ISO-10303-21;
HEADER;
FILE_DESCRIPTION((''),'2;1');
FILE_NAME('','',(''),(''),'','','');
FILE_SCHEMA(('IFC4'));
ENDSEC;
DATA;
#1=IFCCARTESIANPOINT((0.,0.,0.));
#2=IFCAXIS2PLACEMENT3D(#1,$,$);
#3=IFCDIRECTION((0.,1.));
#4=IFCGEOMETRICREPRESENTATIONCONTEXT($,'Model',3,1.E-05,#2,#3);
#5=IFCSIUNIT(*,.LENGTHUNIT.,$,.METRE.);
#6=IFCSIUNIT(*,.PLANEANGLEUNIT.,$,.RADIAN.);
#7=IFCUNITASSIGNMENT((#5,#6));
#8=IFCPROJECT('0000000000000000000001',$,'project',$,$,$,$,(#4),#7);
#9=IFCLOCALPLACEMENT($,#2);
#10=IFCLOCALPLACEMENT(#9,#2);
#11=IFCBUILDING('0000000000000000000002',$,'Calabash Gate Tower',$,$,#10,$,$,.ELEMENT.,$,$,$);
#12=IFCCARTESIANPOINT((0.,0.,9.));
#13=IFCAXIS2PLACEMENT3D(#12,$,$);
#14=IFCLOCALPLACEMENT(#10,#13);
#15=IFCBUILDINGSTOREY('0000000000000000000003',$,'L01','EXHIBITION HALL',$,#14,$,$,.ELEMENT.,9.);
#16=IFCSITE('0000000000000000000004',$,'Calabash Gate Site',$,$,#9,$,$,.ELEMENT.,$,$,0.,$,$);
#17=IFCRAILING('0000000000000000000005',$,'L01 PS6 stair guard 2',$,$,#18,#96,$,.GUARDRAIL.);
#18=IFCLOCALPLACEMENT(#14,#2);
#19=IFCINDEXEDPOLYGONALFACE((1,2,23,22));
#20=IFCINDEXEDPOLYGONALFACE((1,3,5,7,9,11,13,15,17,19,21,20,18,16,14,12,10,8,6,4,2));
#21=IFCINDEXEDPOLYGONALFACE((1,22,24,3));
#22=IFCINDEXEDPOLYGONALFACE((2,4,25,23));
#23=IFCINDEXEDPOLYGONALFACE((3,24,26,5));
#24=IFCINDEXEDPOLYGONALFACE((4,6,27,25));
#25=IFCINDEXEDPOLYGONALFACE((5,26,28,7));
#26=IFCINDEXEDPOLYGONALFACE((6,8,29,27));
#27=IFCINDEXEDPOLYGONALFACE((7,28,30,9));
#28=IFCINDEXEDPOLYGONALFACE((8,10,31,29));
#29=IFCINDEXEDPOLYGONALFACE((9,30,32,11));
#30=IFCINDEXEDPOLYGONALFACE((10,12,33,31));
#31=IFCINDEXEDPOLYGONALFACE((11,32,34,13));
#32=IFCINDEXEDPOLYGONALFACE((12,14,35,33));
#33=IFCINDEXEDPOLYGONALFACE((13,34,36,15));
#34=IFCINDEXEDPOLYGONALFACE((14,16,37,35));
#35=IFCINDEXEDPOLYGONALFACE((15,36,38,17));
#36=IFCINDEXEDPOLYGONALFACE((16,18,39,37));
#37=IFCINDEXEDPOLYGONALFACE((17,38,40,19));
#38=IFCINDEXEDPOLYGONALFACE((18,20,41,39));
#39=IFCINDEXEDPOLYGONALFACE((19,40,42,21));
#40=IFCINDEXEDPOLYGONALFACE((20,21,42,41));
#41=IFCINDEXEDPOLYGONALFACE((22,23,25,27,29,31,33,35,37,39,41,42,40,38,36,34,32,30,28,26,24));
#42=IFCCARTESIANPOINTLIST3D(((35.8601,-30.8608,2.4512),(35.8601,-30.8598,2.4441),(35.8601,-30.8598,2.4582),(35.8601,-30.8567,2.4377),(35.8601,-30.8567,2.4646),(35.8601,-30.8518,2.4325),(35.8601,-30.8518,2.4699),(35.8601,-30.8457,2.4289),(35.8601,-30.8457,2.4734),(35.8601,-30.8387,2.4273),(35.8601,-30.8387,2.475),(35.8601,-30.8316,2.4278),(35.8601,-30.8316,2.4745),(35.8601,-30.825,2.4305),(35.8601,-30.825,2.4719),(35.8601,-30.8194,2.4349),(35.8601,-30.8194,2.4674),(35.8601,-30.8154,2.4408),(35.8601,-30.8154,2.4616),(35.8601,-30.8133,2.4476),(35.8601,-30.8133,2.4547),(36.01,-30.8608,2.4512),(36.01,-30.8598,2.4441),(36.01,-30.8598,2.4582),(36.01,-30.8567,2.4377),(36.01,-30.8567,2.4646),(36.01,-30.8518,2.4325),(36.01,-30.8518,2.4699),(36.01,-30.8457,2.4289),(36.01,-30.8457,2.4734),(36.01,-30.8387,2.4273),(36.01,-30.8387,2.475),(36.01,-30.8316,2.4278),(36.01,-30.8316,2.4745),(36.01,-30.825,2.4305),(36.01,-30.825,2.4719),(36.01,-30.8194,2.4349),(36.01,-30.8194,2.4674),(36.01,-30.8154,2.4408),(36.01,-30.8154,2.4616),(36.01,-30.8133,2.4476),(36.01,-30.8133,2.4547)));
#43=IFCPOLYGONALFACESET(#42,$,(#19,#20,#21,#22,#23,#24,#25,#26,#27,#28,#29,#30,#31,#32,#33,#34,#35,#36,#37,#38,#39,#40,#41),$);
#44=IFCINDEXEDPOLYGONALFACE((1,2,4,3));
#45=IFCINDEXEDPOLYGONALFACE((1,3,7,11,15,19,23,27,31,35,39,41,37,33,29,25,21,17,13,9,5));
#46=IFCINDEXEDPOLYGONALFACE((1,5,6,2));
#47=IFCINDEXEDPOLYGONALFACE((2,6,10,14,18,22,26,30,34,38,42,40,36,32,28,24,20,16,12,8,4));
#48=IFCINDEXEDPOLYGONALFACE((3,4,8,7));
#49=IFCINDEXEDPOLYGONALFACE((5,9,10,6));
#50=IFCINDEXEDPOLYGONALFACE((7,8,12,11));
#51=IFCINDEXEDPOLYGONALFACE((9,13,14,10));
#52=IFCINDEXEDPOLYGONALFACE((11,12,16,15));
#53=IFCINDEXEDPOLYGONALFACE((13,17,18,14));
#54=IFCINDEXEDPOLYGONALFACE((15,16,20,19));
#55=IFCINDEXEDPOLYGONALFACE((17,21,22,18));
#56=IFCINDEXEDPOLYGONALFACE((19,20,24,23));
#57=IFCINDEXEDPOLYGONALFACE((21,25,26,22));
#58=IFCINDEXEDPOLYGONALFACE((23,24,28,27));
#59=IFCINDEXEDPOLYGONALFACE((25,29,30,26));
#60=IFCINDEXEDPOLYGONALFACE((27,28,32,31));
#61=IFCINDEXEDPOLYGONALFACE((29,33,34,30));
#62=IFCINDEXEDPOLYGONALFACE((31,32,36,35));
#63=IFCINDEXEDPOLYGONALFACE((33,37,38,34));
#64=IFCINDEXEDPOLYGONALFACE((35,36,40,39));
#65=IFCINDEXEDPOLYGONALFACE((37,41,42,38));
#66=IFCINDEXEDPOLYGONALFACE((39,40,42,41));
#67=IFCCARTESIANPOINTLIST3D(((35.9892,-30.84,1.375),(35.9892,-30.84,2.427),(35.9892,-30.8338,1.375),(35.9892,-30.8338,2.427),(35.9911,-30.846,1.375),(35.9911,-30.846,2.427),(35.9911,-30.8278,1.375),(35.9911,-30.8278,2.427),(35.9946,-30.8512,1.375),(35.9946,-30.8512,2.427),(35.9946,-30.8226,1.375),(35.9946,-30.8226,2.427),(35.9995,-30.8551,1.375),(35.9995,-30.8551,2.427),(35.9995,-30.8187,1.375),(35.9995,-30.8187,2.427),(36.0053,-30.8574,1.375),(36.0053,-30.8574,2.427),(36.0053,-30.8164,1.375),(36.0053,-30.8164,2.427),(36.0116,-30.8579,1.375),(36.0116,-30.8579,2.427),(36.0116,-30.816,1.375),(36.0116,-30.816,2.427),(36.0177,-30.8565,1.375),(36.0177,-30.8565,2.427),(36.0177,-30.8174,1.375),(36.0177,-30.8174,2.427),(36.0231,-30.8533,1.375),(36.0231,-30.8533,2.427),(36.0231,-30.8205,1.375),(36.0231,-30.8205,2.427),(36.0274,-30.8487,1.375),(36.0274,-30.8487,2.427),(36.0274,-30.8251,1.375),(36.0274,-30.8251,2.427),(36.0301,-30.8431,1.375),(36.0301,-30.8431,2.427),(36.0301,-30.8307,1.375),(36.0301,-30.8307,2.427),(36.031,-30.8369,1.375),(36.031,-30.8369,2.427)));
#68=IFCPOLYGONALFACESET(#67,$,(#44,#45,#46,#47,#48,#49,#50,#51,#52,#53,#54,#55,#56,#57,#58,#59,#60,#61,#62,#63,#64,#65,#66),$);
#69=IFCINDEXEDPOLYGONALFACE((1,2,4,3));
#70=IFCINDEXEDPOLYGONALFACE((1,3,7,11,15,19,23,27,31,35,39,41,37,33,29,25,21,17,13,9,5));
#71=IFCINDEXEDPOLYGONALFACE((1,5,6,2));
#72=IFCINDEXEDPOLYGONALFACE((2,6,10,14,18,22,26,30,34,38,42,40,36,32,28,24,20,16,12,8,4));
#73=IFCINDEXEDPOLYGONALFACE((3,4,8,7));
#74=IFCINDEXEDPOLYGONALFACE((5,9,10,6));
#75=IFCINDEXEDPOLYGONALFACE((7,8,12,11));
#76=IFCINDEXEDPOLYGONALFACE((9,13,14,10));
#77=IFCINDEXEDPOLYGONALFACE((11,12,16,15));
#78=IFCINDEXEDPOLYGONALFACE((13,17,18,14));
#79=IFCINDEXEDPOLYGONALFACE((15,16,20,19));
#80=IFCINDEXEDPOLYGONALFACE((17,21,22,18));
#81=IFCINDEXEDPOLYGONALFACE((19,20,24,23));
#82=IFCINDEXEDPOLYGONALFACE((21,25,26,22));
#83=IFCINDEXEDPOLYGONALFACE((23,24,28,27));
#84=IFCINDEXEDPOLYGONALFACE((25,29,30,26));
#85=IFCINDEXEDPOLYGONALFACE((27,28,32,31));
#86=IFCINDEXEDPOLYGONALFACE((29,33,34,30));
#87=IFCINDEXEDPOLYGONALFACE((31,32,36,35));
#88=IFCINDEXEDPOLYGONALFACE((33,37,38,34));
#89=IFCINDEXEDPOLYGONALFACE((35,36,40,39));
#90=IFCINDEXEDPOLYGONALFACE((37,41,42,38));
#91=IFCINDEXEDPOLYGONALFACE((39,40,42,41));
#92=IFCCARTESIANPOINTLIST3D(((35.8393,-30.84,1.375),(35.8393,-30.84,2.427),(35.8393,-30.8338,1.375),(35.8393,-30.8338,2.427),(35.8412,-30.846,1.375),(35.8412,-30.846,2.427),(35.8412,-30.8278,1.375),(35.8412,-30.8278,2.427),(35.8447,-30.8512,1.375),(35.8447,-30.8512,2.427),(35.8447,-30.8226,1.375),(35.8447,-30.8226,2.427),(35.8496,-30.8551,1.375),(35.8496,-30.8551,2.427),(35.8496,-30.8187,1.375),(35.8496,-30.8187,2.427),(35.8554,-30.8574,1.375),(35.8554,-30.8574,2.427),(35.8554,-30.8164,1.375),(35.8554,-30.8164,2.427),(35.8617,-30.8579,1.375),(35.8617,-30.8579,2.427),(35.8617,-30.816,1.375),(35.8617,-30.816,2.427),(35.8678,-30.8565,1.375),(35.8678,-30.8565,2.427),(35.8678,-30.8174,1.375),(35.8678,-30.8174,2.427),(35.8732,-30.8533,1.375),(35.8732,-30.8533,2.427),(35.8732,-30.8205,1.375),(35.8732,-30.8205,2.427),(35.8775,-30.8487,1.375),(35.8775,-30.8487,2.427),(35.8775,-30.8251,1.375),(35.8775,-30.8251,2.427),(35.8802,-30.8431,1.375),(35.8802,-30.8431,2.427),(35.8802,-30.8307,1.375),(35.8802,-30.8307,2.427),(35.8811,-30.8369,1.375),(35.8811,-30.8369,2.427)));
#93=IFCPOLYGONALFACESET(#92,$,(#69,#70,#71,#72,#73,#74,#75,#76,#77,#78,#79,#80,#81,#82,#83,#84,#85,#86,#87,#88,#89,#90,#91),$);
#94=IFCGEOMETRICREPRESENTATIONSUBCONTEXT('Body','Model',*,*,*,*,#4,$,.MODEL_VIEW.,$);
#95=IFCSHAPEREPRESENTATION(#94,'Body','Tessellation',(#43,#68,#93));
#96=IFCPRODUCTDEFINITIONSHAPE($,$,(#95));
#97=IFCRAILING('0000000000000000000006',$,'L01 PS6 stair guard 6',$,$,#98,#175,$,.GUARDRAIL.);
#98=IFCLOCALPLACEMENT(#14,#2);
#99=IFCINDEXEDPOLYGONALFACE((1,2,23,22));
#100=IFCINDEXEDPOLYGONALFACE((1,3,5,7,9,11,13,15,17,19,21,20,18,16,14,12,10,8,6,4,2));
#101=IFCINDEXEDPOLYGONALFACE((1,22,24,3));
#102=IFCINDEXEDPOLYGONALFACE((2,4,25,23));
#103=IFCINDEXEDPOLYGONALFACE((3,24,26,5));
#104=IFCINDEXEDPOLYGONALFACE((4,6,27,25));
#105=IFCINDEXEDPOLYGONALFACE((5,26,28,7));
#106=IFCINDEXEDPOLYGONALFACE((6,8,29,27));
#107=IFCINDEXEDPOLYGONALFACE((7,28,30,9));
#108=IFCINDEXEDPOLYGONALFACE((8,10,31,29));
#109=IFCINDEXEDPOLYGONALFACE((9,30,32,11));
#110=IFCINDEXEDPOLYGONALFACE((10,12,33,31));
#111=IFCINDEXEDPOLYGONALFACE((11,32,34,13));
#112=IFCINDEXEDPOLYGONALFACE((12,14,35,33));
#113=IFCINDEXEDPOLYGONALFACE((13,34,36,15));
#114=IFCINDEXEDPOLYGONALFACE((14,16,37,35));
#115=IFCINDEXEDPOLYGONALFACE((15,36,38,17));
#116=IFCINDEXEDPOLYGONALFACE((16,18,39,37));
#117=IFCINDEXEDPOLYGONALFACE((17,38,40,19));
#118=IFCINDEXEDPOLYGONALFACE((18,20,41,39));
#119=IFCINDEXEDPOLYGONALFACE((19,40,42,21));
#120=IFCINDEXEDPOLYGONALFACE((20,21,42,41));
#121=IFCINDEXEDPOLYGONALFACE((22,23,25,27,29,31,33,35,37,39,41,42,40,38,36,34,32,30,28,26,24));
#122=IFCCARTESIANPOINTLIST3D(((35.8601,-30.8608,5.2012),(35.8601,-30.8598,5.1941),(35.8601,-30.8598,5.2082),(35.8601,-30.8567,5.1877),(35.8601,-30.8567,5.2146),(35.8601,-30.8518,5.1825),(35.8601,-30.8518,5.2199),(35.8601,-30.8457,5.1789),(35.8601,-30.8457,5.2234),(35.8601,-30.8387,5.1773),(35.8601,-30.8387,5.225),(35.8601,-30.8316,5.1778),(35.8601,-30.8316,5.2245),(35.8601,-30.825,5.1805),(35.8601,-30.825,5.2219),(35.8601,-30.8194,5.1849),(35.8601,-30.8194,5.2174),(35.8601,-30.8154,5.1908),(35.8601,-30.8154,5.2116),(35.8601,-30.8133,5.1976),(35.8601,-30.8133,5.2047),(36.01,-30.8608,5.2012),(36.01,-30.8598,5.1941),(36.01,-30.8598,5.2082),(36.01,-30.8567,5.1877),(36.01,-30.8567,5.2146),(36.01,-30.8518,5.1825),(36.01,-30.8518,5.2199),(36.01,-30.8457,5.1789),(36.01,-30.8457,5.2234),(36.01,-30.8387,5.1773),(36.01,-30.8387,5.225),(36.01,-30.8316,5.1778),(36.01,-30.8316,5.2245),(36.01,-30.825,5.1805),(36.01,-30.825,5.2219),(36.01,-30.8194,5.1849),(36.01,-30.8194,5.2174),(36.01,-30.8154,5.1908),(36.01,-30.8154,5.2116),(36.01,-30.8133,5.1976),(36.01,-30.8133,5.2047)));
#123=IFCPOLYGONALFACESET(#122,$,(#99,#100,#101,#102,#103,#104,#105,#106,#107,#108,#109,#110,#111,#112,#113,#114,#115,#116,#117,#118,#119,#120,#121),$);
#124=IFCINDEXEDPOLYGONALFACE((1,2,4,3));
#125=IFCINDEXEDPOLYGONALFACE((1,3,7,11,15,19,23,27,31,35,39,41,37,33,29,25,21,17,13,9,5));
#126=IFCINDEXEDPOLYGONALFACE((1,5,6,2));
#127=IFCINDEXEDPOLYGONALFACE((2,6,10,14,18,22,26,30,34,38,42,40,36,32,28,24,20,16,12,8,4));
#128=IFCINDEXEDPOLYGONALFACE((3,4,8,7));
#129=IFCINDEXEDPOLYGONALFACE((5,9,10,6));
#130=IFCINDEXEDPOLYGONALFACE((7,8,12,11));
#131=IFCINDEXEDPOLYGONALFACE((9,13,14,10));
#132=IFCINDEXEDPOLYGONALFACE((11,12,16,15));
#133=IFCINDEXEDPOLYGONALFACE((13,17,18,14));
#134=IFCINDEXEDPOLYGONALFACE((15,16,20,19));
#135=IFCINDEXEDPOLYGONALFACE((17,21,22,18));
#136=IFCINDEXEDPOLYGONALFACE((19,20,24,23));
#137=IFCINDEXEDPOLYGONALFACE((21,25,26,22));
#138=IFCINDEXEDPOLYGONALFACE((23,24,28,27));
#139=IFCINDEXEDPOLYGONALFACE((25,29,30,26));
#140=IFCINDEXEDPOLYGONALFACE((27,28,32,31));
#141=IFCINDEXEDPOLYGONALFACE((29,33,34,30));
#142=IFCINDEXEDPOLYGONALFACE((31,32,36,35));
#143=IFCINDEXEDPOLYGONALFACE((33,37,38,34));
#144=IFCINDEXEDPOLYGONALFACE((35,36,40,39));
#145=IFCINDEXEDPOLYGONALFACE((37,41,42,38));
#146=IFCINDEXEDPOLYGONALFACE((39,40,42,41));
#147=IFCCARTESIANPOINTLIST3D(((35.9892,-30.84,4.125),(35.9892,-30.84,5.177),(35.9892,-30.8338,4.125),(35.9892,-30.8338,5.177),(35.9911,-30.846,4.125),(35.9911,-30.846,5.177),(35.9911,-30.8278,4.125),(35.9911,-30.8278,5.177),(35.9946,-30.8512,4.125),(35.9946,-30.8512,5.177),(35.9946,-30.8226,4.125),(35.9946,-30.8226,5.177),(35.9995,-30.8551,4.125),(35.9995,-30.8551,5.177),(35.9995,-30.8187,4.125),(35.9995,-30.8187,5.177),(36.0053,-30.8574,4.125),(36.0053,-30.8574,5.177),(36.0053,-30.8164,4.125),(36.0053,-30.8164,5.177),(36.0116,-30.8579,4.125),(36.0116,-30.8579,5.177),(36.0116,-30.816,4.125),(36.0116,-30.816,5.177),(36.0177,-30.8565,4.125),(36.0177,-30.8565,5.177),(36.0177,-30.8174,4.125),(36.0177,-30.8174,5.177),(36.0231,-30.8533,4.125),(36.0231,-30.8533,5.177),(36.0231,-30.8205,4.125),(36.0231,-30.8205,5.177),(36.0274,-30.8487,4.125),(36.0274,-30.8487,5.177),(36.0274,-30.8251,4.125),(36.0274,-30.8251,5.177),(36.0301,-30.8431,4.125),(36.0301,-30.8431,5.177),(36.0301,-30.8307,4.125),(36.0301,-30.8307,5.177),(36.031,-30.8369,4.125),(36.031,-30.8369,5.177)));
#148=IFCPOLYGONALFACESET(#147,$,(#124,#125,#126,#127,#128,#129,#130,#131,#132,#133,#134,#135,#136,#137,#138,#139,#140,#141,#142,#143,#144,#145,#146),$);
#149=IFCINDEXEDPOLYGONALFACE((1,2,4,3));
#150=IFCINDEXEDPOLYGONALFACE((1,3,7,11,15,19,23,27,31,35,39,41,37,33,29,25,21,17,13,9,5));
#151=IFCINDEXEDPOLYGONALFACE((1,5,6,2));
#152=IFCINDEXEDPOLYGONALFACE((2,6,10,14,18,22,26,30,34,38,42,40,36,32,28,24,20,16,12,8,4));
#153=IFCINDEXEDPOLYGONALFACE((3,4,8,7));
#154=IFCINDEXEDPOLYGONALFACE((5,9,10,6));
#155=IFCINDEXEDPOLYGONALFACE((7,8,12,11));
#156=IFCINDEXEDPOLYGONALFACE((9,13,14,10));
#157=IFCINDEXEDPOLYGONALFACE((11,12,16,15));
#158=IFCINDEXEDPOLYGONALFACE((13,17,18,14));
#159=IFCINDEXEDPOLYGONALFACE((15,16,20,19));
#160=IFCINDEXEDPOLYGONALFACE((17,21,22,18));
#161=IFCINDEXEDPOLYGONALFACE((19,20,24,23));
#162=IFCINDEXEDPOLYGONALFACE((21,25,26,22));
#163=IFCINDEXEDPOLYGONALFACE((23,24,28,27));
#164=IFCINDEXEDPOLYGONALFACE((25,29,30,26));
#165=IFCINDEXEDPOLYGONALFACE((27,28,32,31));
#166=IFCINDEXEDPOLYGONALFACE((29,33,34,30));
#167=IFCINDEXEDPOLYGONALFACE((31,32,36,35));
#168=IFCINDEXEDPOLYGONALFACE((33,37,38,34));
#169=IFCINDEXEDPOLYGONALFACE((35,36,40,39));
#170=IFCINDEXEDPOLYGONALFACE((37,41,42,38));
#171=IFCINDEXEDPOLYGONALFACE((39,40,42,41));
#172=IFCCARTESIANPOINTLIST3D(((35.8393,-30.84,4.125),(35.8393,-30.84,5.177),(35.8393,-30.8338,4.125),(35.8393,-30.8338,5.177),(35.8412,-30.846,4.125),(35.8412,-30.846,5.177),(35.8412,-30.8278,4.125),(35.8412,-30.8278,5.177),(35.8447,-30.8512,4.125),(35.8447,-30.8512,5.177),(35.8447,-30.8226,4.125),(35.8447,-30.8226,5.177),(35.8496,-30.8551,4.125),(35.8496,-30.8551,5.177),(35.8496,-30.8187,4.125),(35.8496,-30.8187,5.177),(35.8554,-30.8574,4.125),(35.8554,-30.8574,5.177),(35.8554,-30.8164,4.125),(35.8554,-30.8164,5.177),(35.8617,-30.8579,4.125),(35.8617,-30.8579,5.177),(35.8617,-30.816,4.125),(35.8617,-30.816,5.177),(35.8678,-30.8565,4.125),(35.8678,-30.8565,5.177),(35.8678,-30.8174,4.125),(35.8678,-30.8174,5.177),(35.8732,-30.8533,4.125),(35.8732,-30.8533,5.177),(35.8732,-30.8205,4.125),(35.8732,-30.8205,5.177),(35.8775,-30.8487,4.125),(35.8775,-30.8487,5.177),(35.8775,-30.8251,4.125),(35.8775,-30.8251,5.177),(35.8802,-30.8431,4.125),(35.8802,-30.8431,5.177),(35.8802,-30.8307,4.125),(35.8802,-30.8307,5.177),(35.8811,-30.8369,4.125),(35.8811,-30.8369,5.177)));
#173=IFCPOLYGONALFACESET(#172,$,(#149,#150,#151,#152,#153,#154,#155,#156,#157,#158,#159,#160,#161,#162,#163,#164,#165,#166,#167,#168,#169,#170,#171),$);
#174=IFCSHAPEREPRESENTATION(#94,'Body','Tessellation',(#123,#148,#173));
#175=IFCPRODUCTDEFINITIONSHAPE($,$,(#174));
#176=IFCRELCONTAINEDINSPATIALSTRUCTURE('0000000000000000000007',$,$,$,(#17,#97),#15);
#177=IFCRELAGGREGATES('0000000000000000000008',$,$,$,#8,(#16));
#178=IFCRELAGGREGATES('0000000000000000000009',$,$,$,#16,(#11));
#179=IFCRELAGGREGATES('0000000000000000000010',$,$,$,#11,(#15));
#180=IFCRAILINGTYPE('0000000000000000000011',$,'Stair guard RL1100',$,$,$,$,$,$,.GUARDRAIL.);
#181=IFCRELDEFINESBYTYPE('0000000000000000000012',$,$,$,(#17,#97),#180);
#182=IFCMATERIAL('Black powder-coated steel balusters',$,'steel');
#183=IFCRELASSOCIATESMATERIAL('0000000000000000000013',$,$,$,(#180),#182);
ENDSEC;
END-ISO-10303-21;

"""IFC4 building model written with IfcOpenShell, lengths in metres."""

from ifc_helpers import new_model, si_unit, direction, frame, origin, origin_2d, place, context, subcontext, project, spatial, circle, extrude, material, type_object, element, save


model = new_model("IFC4")

# Units and contexts
model_context = context("Model", 3, precision=1e-05, world=origin(), true_north=direction((0.0, 1.0)))
body_context = subcontext(model_context, "Body", "Model", "MODEL_VIEW")
ifc_project = project(units=[si_unit("LENGTHUNIT", "METRE"), si_unit("PLANEANGLEUNIT", "RADIAN")], contexts=[model_context])

# Site, building, storey
site_placement = place(None, origin())
site = spatial("IfcSite", under=ifc_project, at=site_placement, Name="Calabash Gate Site", CompositionType="ELEMENT", RefElevation=0.0)
building_placement = place(site_placement, origin())
building = spatial("IfcBuilding", under=site, at=building_placement, Name="Calabash Gate Tower", CompositionType="ELEMENT")
storey_placement = place(building_placement, frame((0.0, 0.0, 9.0)))
storey = spatial("IfcBuildingStorey", under=building, at=storey_placement, Name="L01", Description="EXHIBITION HALL", CompositionType="ELEMENT", Elevation=9.0)

# Railings
ifc_material_1 = material(Name="Black powder-coated steel balusters", Category="steel")
railing_type_1 = type_object("IfcRailingType", Name="Stair guard RL1100", PredefinedType="GUARDRAIL", material=ifc_material_1)
for number, where, name in (
    (1, (36.01, -30.8369, 1.375), "L01 PS6 stair guard 2"),
    (2, (36.01, -30.8369, 4.125), "L01 PS6 stair guard 6"),
):
    element("IfcRailing", number, at=place(storey_placement, frame(where)), inside=storey, type_object=railing_type_1, Name=name, PredefinedType="GUARDRAIL", context=body_context, shape_type="SweptSolid", body=[
        extrude(circle(Radius=0.0239, at=origin_2d()), frame((0.0, 0.0, 1.0762), z_axis=(-1.0, 0.0, 0.0), x_axis=(0.0, -1.0, 0.0)), (0.0, 0.0, 1.0), 0.1499),
        extrude(circle(Radius=0.021, at=origin_2d()), origin(), (0.0, 0.0, 1.0), 1.052),
        extrude(circle(Radius=0.021, at=origin_2d()), frame((-0.1499, 0.0, 0.0)), (0.0, 0.0, 1.0), 1.052),
    ])

save(model, "model.ifc")
